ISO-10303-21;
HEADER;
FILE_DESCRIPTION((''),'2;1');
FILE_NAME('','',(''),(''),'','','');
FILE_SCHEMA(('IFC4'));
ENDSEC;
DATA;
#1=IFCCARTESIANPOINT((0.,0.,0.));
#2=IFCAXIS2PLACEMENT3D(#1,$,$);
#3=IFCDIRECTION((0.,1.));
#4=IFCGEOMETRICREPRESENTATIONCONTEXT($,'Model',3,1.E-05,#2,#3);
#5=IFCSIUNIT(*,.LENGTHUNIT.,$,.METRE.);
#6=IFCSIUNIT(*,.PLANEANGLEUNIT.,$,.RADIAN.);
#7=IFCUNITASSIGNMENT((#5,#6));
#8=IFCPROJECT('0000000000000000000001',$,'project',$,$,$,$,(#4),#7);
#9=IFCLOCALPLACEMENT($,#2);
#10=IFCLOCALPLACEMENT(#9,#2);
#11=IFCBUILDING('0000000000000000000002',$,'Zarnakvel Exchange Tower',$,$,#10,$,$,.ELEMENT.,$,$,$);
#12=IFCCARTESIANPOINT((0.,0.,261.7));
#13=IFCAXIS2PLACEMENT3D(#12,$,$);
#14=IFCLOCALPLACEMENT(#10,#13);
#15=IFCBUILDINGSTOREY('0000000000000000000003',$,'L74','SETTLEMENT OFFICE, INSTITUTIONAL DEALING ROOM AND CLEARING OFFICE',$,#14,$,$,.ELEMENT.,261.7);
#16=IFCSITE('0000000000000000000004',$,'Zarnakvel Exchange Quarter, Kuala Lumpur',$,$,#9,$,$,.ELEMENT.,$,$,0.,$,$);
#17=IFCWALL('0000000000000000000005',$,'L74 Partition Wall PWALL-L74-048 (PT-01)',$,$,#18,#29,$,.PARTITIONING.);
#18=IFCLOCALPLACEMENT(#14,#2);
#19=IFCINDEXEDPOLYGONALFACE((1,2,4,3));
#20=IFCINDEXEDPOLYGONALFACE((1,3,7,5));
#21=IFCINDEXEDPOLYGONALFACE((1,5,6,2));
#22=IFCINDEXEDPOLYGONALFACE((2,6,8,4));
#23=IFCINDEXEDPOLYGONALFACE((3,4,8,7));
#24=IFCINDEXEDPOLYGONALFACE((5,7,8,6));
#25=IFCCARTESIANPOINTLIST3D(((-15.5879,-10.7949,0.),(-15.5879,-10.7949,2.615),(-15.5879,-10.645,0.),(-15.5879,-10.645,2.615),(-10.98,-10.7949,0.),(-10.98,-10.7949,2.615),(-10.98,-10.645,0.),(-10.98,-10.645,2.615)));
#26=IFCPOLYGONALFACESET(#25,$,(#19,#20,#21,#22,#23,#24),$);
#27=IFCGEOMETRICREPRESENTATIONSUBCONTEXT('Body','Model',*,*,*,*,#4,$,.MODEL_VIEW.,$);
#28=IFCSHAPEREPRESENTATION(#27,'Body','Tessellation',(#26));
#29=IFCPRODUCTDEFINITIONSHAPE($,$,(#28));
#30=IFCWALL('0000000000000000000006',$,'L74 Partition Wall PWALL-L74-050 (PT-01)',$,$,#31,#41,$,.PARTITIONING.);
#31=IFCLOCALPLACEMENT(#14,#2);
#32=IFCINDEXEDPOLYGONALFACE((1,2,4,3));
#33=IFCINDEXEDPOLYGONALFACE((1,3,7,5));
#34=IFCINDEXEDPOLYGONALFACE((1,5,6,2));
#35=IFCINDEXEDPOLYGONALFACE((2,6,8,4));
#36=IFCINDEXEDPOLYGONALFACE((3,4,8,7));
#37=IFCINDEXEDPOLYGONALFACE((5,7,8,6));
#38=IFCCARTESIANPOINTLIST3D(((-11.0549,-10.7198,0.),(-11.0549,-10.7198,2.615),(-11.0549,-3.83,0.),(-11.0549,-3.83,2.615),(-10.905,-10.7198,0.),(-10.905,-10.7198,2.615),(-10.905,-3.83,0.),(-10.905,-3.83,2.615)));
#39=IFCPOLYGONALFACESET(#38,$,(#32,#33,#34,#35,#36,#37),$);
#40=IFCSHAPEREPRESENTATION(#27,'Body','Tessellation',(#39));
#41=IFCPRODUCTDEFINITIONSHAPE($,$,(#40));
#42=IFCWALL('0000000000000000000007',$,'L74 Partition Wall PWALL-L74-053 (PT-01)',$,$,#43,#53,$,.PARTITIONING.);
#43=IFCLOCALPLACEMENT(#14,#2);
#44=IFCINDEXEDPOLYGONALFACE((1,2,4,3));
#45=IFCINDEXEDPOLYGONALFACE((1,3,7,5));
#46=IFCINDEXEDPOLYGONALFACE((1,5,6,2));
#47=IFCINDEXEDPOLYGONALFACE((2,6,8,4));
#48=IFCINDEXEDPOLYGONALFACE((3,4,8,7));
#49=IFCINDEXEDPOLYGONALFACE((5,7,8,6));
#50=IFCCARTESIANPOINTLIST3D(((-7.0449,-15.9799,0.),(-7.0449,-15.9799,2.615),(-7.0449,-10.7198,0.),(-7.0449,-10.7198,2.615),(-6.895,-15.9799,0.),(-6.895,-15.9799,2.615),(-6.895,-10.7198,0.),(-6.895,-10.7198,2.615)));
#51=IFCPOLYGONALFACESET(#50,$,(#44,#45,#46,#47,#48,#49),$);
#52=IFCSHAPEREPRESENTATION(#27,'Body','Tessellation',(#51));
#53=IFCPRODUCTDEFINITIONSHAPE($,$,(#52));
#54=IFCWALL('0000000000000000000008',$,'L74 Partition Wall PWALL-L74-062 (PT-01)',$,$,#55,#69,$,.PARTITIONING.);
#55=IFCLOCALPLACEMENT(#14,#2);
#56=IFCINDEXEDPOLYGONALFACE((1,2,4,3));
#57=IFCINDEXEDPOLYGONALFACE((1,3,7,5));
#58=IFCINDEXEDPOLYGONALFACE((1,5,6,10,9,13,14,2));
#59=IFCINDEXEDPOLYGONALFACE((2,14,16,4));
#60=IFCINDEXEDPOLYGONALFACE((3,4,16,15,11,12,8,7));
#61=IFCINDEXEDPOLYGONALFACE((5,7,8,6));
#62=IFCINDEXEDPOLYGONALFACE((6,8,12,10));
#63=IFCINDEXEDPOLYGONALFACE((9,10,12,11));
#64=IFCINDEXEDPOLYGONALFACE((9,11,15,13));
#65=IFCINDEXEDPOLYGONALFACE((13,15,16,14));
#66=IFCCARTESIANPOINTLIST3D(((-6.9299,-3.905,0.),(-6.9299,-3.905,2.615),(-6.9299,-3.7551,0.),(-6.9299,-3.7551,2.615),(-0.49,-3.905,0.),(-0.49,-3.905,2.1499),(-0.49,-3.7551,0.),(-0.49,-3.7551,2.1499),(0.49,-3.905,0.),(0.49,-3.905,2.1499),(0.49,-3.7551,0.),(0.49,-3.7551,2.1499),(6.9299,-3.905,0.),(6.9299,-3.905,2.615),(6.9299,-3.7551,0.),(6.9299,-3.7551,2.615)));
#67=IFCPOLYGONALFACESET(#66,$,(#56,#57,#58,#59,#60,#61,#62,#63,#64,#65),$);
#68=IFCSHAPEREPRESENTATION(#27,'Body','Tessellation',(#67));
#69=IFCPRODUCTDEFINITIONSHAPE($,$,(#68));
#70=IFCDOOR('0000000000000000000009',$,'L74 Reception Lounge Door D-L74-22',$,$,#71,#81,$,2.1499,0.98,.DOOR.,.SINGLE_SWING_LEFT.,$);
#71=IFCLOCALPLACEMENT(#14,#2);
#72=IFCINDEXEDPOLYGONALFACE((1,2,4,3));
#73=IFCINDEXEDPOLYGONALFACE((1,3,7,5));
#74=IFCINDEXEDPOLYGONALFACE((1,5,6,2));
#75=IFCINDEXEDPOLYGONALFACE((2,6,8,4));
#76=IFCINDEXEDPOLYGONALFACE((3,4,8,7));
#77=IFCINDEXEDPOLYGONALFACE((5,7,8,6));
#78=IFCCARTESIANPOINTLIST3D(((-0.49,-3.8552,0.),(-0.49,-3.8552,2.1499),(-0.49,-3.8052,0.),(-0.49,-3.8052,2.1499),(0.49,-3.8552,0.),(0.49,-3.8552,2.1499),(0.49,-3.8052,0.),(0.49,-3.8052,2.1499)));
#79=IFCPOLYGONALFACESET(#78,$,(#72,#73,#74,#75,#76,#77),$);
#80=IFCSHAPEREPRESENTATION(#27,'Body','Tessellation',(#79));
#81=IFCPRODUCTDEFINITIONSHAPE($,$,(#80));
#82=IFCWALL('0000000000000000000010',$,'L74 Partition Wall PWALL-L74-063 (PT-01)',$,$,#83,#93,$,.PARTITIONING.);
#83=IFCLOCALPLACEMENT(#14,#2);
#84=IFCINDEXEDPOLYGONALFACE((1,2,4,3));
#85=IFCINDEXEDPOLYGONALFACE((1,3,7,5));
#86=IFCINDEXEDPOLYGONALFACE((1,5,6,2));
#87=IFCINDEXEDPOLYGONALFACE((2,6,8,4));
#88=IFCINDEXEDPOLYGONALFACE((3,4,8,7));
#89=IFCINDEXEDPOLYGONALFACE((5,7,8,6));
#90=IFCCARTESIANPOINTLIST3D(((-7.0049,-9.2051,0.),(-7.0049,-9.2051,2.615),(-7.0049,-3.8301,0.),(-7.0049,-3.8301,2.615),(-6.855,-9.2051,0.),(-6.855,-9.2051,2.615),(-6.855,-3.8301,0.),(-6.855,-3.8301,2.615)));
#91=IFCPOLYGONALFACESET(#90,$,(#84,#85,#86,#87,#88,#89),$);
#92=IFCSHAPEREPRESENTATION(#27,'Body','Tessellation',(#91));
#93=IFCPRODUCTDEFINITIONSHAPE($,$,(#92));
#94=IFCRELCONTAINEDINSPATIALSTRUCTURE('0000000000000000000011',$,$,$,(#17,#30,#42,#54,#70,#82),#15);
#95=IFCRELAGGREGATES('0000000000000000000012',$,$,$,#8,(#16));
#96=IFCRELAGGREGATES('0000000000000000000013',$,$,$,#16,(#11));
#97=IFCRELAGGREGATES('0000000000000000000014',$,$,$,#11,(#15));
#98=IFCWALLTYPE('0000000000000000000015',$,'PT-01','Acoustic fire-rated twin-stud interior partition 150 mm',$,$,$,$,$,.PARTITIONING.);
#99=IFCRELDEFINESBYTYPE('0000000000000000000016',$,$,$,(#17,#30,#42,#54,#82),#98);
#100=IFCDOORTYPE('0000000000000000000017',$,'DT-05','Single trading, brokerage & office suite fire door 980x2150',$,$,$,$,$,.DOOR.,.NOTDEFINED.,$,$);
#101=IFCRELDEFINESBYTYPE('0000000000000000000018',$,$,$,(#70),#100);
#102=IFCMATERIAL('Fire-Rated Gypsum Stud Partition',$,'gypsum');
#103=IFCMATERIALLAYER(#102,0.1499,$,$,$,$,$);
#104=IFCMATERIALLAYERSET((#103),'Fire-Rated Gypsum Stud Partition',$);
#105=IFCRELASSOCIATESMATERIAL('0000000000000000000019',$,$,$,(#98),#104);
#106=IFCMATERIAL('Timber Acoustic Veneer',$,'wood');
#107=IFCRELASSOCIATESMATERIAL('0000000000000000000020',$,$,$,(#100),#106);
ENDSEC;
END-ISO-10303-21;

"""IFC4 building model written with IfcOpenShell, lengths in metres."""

from ifc_helpers import new_model, si_unit, direction, frame, frame_2d, origin, place, context, subcontext, project, spatial, rectangle, extrude, source, transform, mapped, material, layer, layer_set, type_object, element, fill, save


model = new_model("IFC4")

# Units and contexts
model_context = context("Model", 3, precision=1e-05, world=origin(), true_north=direction((0.0, 1.0)))
body_context = subcontext(model_context, "Body", "Model", "MODEL_VIEW")
ifc_project = project(units=[si_unit("LENGTHUNIT", "METRE"), si_unit("PLANEANGLEUNIT", "RADIAN")], contexts=[model_context])

# Site, building, storey
site_placement = place(None, origin())
site = spatial("IfcSite", under=ifc_project, at=site_placement, Name="Zarnakvel Exchange Quarter, Kuala Lumpur", CompositionType="ELEMENT", RefElevation=0.0)
building_placement = place(site_placement, origin())
building = spatial("IfcBuilding", under=site, at=building_placement, Name="Zarnakvel Exchange Tower", CompositionType="ELEMENT")
storey_placement = place(building_placement, frame((0.0, 0.0, 261.7)))
storey = spatial("IfcBuildingStorey", under=building, at=storey_placement, Name="L74", Description="SETTLEMENT OFFICE, INSTITUTIONAL DEALING ROOM AND CLEARING OFFICE", CompositionType="ELEMENT", Elevation=261.7)

# Walls
ifc_material_1 = material(Name="Fire-Rated Gypsum Stud Partition", Category="gypsum")
ifc_layer_1 = layer(ifc_material_1, 0.1499)
ifc_layer_set_1 = layer_set([ifc_layer_1], Name="Fire-Rated Gypsum Stud Partition")
wall_type_1 = type_object("IfcWallType", Name="PT-01", Description="Acoustic fire-rated twin-stud interior partition 150 mm", PredefinedType="PARTITIONING", material=ifc_layer_set_1)
wall_1_placement = place(storey_placement, frame((-10.98, -10.72, 0.0), z_axis=(0.0, 0.0, 1.0), x_axis=(-1.0, 0.0, 0.0)))
element("IfcWall", 1, at=wall_1_placement, inside=storey, type_object=wall_type_1, Name="L74 Partition Wall PWALL-L74-048 (PT-01)", PredefinedType="PARTITIONING", context=body_context, shape_type="SweptSolid", body=[
    extrude(rectangle(XDim=4.6079, YDim=0.1499, at=frame_2d((2.304, 0.0))), origin(), (0.0, 0.0, 1.0), 2.615),
])
wall_2_placement = place(storey_placement, frame((-10.98, -3.8301, 0.0), z_axis=(0.0, 0.0, 1.0), x_axis=(0.0, -1.0, 0.0)))
element("IfcWall", 2, at=wall_2_placement, inside=storey, type_object=wall_type_1, Name="L74 Partition Wall PWALL-L74-050 (PT-01)", PredefinedType="PARTITIONING", context=body_context, shape_type="SweptSolid", body=[
    extrude(rectangle(XDim=6.8899, YDim=0.1499, at=frame_2d((3.4448, 0.0))), origin(), (0.0, 0.0, 1.0), 2.615),
])
wall_3_placement = place(storey_placement, frame((-6.97, -10.72, 0.0), z_axis=(0.0, 0.0, 1.0), x_axis=(0.0, -1.0, 0.0)))
element("IfcWall", 3, at=wall_3_placement, inside=storey, type_object=wall_type_1, Name="L74 Partition Wall PWALL-L74-053 (PT-01)", PredefinedType="PARTITIONING", context=body_context, shape_type="SweptSolid", body=[
    extrude(rectangle(XDim=5.26, YDim=0.1499, at=frame_2d((2.6299, 0.0))), origin(), (0.0, 0.0, 1.0), 2.615),
])

# Wall, opening, door
wall_4_placement = place(storey_placement, frame((-6.9299, -3.8301, 0.0), z_axis=(0.0, 0.0, 1.0), x_axis=(1.0, 0.0, 0.0)))
wall_4 = element("IfcWall", 4, at=wall_4_placement, inside=storey, type_object=wall_type_1, Name="L74 Partition Wall PWALL-L74-062 (PT-01)", PredefinedType="PARTITIONING", context=body_context, shape_type="SweptSolid", body=[
    extrude(rectangle(XDim=13.8599, YDim=0.1499, at=frame_2d((6.9299, 0.0))), origin(), (0.0, 0.0, 1.0), 2.615),
])
opening_1_placement = place(wall_4_placement, frame((6.4399, 0.0, 0.0)))
opening_1 = element("IfcOpeningElement", 5, at=opening_1_placement, cuts=wall_4, PredefinedType="OPENING", context=body_context, shape_type="SweptSolid", body=[
    extrude(rectangle(XDim=0.98, YDim=2.1499, at=frame_2d((0.49, 1.075))), frame((0.0, 0.085, 0.0), z_axis=(0.0, -1.0, 0.0), x_axis=(1.0, 0.0, 0.0)), (0.0, 0.0, 1.0), 0.1699),
])
ifc_material_2 = material(Name="Timber Acoustic Veneer", Category="wood")
door_type_1 = type_object("IfcDoorType", Name="DT-05", Description="Single trading, brokerage & office suite fire door 980x2150", OperationType="NOTDEFINED", PredefinedType="DOOR", material=ifc_material_2)
shared_shape_1 = source(origin(), body_context, "Body", "SweptSolid", [
    extrude(rectangle(XDim=0.98, YDim=2.1499, at=frame_2d((0.49, 1.075))), frame((0.0, 0.0249, 0.0), z_axis=(0.0, -1.0, 0.0), x_axis=(1.0, 0.0, 0.0)), (0.0, 0.0, 1.0), 0.05),
])
door_1_placement = place(opening_1_placement, origin())
door_1 = element("IfcDoor", 6, at=door_1_placement, inside=storey, type_object=door_type_1, Name="L74 Reception Lounge Door D-L74-22", OperationType="SINGLE_SWING_LEFT", OverallHeight=2.1499, OverallWidth=0.98, PredefinedType="DOOR", context=body_context, shape_type="MappedRepresentation", body=[
    mapped(shared_shape_1, transform((0.0, 0.0, 0.0), x_axis=(1.0, 0.0, 0.0), y_axis=(0.0, 1.0, 0.0), z_axis=(0.0, 0.0, 1.0), scale=1.0)),
])
fill(opening_1, door_1)

# Wall
wall_5_placement = place(storey_placement, frame((-6.9299, -9.2051, 0.0), z_axis=(0.0, 0.0, 1.0), x_axis=(0.0, 1.0, 0.0)))
element("IfcWall", 7, at=wall_5_placement, inside=storey, type_object=wall_type_1, Name="L74 Partition Wall PWALL-L74-063 (PT-01)", PredefinedType="PARTITIONING", context=body_context, shape_type="SweptSolid", body=[
    extrude(rectangle(XDim=5.375, YDim=0.1499, at=frame_2d((2.6875, 0.0))), origin(), (0.0, 0.0, 1.0), 2.615),
])

save(model, "model.ifc")
